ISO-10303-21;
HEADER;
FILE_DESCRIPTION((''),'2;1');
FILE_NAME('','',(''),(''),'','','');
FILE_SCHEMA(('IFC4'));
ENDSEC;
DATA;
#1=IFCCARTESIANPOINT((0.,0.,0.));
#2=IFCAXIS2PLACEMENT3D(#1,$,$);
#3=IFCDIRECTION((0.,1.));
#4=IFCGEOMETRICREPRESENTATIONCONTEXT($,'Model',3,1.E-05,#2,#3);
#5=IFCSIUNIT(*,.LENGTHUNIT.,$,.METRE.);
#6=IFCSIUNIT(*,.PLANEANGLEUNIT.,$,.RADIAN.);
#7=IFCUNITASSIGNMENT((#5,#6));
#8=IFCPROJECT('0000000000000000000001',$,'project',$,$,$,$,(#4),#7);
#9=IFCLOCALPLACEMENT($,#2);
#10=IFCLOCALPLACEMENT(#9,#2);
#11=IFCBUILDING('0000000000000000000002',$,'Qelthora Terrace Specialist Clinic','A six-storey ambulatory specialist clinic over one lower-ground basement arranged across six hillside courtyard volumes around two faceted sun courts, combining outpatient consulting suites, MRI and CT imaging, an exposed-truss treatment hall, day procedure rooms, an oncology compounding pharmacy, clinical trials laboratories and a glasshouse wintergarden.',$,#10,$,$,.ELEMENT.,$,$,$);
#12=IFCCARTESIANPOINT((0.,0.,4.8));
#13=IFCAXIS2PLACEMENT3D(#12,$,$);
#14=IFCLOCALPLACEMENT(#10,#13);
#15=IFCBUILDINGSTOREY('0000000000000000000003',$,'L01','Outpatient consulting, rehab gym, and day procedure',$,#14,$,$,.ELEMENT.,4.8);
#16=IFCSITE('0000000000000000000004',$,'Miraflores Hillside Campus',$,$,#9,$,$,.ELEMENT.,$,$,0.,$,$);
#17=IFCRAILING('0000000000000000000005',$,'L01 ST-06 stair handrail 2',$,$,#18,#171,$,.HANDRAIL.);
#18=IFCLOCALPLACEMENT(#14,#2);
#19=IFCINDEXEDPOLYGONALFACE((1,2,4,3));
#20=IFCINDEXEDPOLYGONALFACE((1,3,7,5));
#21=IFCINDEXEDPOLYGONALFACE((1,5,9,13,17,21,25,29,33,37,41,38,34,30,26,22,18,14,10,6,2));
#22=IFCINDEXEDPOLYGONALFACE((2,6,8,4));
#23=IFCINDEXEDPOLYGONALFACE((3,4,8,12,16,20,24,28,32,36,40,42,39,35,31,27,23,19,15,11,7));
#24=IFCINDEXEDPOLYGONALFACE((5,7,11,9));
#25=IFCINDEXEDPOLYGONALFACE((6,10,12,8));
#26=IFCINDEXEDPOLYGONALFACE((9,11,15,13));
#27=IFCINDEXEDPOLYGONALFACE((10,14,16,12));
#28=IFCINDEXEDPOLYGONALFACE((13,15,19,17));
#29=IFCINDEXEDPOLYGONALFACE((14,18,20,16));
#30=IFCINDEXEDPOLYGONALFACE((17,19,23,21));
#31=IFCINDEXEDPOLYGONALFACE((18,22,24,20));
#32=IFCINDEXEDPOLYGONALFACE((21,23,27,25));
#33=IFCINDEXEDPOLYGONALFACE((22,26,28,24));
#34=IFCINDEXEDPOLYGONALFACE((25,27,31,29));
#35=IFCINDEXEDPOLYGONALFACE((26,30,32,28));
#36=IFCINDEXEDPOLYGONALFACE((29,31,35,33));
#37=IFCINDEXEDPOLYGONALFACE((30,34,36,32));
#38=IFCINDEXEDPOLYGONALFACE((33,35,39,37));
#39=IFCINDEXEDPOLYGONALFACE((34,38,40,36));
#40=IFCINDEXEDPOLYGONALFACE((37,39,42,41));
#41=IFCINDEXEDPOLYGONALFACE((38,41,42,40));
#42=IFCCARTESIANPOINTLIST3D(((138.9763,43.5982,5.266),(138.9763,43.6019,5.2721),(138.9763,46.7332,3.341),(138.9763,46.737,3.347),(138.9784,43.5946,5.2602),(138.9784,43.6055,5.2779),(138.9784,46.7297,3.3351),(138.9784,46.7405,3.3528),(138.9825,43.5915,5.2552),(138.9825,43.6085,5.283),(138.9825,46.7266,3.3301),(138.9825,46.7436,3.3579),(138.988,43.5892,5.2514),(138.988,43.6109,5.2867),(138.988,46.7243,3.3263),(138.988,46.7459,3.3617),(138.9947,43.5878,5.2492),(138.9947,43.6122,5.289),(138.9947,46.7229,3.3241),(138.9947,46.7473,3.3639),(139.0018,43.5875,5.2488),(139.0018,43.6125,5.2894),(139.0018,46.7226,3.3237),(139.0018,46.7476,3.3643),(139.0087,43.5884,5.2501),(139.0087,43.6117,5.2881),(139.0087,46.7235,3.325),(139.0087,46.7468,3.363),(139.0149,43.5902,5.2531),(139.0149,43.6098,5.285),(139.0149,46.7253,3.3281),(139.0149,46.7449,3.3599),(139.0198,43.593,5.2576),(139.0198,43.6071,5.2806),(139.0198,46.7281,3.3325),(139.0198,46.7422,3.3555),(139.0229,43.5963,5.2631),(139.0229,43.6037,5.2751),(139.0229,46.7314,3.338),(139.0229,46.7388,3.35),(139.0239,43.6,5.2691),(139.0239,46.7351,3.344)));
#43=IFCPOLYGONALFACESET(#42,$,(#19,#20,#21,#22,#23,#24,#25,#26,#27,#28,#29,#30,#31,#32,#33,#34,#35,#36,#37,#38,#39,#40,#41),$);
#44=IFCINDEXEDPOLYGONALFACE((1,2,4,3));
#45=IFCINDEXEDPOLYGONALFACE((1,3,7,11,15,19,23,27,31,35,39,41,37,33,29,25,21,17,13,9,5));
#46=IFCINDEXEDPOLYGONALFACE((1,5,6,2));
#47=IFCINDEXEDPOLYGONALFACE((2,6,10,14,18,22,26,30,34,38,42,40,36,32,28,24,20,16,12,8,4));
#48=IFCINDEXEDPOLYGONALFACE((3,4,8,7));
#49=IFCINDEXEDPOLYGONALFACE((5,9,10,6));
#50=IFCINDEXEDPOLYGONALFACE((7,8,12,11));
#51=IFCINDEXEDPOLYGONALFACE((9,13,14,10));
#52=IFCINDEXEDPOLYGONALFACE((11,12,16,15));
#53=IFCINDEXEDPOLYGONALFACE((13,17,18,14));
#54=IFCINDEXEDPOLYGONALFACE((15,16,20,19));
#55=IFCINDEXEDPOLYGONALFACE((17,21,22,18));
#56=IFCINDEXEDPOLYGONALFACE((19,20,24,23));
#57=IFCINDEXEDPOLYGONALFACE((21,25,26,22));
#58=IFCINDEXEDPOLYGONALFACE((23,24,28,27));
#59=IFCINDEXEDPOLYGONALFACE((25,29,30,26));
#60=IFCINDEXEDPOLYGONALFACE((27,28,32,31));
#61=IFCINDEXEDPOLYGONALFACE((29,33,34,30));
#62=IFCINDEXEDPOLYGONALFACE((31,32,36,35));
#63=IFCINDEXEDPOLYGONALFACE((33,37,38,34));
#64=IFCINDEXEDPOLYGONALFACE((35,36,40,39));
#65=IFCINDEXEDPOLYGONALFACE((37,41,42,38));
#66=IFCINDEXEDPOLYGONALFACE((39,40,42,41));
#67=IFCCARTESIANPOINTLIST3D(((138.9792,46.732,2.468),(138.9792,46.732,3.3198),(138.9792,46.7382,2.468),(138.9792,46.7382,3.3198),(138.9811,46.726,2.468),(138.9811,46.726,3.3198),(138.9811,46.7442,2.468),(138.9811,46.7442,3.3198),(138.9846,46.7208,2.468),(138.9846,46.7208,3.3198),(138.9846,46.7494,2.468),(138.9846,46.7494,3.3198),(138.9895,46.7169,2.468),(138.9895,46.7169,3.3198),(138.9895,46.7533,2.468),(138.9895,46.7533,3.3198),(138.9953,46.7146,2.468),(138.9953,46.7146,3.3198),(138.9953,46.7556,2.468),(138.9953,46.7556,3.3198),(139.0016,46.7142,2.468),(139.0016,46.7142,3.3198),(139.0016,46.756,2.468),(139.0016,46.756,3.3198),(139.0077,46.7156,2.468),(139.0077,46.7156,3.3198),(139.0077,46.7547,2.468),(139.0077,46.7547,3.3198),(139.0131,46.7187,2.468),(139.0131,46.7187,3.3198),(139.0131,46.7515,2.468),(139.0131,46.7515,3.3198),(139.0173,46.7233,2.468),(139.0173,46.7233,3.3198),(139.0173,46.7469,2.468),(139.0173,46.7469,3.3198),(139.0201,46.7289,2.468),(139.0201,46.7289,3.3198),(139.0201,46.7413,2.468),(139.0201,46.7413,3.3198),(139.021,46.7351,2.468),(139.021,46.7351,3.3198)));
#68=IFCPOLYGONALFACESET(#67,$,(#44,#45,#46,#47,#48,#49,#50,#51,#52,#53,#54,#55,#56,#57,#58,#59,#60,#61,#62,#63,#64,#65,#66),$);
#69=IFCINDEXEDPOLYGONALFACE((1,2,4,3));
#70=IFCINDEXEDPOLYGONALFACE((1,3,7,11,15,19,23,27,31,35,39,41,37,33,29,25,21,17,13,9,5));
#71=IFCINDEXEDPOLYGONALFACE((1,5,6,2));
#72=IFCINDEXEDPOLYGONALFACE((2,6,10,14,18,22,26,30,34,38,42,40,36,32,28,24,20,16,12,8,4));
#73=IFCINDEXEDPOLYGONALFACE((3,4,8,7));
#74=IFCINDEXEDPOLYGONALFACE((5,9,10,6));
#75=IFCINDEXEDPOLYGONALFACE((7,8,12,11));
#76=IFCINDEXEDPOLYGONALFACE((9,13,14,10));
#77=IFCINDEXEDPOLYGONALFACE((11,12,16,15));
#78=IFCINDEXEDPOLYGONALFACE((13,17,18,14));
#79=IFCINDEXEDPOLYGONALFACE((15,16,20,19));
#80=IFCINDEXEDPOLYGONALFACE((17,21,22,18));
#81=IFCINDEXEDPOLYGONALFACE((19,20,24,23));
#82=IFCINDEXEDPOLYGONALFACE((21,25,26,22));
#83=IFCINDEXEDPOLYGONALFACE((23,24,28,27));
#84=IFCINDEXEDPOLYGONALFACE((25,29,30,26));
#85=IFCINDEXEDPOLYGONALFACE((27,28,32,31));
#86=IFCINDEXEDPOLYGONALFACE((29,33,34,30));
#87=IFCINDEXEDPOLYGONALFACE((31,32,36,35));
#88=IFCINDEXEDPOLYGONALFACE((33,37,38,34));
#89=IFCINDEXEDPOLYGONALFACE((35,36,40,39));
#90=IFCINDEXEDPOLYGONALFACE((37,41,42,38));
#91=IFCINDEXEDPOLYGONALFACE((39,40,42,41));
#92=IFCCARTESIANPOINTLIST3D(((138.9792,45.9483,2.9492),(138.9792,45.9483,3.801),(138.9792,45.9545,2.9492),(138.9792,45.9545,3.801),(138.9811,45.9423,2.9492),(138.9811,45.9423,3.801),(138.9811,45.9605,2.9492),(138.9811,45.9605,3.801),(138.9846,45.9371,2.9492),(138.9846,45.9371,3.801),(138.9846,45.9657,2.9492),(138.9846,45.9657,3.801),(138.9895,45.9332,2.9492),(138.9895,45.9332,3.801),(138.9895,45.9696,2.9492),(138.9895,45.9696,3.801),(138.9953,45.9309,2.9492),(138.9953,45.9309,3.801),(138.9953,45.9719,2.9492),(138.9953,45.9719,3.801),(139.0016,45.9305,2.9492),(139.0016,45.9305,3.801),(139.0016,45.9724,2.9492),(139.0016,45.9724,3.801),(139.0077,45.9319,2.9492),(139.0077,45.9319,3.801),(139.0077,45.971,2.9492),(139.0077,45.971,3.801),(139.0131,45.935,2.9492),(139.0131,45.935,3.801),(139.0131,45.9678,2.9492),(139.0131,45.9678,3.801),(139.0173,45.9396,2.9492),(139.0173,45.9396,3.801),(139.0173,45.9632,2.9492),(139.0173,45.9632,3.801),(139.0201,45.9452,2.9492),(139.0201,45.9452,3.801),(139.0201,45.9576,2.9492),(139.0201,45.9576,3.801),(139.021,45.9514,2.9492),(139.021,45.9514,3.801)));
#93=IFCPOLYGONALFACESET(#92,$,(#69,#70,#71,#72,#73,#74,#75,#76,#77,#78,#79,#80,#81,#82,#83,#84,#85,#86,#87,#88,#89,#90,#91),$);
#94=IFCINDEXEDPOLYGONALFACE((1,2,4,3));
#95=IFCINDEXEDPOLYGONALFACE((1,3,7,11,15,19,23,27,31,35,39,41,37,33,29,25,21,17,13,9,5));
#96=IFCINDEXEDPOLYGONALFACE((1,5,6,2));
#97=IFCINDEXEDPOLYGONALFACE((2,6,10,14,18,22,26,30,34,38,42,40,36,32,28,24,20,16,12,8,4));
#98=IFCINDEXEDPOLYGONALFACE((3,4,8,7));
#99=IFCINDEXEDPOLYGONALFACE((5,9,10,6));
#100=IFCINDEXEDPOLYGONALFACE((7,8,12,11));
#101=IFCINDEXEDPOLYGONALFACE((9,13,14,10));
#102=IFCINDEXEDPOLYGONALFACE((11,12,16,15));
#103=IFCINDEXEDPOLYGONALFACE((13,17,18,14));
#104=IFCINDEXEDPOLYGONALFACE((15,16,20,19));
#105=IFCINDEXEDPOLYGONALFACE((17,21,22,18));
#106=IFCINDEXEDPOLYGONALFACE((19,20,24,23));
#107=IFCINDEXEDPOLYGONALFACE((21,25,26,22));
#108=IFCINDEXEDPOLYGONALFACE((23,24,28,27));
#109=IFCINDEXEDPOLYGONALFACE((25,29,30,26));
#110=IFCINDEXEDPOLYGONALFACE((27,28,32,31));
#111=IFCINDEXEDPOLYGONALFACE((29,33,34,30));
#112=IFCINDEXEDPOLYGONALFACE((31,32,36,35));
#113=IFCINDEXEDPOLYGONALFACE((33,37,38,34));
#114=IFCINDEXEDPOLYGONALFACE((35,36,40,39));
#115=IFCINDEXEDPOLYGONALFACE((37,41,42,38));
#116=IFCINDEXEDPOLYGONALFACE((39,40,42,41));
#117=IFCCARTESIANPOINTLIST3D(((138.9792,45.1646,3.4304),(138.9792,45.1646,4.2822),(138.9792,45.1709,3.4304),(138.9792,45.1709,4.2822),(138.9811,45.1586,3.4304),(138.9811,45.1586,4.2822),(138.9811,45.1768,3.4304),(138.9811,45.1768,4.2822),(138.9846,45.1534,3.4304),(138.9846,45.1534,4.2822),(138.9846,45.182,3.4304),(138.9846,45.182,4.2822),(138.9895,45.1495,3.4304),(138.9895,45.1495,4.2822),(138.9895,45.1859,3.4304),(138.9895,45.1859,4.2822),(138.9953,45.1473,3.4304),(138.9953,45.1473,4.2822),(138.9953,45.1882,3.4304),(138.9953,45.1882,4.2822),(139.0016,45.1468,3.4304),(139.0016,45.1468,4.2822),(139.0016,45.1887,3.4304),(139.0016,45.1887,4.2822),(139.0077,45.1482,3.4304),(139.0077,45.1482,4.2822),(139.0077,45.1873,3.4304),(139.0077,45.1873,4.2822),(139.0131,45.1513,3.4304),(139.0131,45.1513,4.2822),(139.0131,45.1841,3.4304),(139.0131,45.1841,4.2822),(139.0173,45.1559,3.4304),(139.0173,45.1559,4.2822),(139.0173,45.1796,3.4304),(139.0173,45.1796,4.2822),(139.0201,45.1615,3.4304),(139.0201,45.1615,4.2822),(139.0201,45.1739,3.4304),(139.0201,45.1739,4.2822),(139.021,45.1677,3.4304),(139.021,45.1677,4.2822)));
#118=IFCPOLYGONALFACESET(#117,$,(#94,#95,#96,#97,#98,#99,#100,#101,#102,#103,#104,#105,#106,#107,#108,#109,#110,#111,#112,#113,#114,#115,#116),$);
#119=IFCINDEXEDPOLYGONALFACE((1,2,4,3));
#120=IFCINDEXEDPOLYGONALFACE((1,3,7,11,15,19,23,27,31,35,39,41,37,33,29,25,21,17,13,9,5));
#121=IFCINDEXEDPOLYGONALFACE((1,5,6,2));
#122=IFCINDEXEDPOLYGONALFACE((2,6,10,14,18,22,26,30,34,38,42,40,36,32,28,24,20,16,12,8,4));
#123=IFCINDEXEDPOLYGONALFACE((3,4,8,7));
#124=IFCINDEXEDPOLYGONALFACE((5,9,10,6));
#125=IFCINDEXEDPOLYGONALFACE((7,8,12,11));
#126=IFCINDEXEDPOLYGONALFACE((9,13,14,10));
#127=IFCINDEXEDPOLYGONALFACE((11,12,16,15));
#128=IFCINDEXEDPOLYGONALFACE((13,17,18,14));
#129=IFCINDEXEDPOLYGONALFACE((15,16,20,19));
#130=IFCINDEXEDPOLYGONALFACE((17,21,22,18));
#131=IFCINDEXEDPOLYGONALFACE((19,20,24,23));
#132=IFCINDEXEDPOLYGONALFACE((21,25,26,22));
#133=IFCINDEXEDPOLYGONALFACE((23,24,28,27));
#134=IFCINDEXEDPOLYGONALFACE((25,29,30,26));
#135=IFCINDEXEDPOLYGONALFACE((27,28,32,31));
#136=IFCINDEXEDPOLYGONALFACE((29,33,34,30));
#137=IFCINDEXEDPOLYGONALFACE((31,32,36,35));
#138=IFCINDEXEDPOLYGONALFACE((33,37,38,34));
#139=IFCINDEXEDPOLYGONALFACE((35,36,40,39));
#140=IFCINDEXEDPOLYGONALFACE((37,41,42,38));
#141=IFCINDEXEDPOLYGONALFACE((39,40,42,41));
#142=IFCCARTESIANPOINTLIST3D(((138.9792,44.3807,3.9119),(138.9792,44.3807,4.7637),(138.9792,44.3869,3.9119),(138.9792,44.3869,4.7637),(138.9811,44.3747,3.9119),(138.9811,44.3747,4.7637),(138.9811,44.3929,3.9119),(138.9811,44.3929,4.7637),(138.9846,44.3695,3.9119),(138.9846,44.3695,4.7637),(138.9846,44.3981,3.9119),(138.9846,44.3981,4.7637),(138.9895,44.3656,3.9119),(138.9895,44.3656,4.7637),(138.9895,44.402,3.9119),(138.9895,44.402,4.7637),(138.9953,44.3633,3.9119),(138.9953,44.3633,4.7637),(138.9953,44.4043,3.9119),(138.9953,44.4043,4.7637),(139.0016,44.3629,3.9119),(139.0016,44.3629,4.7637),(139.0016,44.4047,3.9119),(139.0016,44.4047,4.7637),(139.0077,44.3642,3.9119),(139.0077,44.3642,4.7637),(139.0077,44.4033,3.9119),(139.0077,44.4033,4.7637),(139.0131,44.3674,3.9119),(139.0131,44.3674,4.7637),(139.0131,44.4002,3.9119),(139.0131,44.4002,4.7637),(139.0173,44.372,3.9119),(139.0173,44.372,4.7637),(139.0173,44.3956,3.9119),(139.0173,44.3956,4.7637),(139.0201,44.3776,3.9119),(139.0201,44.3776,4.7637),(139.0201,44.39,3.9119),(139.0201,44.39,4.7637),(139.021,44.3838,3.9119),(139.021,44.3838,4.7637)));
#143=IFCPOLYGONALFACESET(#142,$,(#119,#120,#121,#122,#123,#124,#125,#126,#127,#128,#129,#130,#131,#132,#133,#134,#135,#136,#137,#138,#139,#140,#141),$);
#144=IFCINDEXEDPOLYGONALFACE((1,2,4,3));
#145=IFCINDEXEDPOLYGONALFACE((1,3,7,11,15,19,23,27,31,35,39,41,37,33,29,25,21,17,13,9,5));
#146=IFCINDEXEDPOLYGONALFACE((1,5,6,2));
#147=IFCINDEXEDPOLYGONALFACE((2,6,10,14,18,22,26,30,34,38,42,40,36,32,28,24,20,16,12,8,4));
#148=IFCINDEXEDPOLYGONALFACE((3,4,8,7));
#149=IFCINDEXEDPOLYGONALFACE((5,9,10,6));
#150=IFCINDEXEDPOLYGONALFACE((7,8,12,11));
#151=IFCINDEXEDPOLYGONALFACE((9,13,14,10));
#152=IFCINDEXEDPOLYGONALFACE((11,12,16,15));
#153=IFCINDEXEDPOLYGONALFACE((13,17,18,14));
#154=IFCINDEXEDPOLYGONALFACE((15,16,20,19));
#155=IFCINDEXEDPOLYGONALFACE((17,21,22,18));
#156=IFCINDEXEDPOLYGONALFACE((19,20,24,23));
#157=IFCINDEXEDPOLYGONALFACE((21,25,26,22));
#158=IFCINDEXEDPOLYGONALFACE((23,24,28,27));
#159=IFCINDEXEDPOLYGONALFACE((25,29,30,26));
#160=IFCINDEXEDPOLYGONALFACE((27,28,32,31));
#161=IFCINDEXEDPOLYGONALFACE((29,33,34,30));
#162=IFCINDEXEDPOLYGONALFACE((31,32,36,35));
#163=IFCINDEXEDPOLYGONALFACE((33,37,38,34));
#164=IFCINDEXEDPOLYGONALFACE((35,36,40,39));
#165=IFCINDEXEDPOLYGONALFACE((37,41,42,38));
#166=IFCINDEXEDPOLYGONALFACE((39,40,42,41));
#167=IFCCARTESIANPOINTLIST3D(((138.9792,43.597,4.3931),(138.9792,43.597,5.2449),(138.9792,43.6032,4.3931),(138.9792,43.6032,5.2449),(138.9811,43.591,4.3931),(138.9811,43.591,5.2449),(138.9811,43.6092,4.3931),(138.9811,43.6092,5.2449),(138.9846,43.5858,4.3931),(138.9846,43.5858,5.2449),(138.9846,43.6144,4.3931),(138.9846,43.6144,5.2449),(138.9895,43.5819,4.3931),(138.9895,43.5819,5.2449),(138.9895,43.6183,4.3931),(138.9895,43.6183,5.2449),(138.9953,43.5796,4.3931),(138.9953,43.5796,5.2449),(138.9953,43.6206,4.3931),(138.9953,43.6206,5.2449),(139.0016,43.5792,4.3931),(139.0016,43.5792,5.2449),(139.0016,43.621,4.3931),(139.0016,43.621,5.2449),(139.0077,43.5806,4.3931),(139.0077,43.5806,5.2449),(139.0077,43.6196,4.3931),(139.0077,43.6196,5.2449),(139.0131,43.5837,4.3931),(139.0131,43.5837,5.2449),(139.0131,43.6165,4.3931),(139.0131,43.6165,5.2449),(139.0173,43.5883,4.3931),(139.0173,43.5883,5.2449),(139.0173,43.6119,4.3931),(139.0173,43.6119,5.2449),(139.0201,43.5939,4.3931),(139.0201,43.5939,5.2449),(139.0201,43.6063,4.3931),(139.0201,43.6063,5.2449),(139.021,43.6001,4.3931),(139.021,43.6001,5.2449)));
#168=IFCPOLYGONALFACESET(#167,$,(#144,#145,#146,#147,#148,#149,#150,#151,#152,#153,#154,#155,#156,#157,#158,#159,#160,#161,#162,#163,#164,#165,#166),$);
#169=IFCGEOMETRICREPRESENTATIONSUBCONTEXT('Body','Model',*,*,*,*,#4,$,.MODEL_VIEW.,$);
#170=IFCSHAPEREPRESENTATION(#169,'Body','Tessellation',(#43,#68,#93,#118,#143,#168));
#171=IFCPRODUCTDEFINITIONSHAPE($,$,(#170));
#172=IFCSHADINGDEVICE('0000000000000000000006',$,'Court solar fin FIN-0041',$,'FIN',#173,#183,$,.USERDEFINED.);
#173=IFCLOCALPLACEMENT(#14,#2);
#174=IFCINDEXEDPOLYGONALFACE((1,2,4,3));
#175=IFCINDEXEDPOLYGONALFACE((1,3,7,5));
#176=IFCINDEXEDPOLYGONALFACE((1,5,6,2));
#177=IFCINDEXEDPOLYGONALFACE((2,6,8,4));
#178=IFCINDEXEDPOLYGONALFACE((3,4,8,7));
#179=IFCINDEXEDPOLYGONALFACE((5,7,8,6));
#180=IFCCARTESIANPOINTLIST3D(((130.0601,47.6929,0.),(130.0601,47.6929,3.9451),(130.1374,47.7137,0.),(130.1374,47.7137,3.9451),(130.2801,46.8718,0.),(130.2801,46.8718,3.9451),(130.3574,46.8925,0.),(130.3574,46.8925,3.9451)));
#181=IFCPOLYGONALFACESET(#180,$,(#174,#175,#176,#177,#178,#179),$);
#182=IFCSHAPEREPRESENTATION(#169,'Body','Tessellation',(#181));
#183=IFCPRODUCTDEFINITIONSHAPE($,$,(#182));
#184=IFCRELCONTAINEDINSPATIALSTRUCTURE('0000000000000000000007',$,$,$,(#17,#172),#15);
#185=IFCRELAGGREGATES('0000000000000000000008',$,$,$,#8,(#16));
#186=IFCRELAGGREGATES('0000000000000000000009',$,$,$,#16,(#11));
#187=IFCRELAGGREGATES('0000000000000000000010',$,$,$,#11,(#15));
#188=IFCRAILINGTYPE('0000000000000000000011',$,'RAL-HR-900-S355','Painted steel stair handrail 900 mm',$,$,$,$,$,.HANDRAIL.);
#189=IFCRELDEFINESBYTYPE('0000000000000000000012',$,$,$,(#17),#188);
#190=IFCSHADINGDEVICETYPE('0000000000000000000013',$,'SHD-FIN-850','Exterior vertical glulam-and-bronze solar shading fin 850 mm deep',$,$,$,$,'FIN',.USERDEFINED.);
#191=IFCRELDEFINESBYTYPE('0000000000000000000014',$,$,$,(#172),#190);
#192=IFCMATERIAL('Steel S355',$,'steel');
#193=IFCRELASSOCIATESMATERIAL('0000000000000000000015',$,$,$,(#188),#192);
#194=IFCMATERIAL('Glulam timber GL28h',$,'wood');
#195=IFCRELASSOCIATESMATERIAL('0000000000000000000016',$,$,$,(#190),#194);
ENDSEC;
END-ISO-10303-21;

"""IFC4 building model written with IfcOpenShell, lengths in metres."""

from ifc_helpers import new_model, si_unit, direction, frame, origin, origin_2d, place, context, subcontext, project, spatial, rectangle, circle, extrude, material, type_object, element, save


model = new_model("IFC4")

# Units and contexts
model_context = context("Model", 3, precision=1e-05, world=origin(), true_north=direction((0.0, 1.0)))
body_context = subcontext(model_context, "Body", "Model", "MODEL_VIEW")
ifc_project = project(units=[si_unit("LENGTHUNIT", "METRE"), si_unit("PLANEANGLEUNIT", "RADIAN")], contexts=[model_context])

# Site, building, storey
site_placement = place(None, origin())
site = spatial("IfcSite", under=ifc_project, at=site_placement, Name="Miraflores Hillside Campus", CompositionType="ELEMENT", RefElevation=0.0)
building_placement = place(site_placement, origin())
building = spatial("IfcBuilding", under=site, at=building_placement, Name="Qelthora Terrace Specialist Clinic", Description="A six-storey ambulatory specialist clinic over one lower-ground basement arranged across six hillside courtyard volumes around two faceted sun courts, combining outpatient consulting suites, MRI and CT imaging, an exposed-truss treatment hall, day procedure rooms, an oncology compounding pharmacy, clinical trials laboratories and a glasshouse wintergarden.", CompositionType="ELEMENT")
storey_placement = place(building_placement, frame((0.0, 0.0, 4.8)))
storey = spatial("IfcBuildingStorey", under=building, at=storey_placement, Name="L01", Description="Outpatient consulting, rehab gym, and day procedure", CompositionType="ELEMENT", Elevation=4.8)

# Railing
ifc_material_1 = material(Name="Steel S355", Category="steel")
railing_type_1 = type_object("IfcRailingType", Name="RAL-HR-900-S355", Description="Painted steel stair handrail 900 mm", PredefinedType="HANDRAIL", material=ifc_material_1)
railing_1_placement = place(storey_placement, frame((139.0, 46.7351, 2.468)))
element("IfcRailing", 1, at=railing_1_placement, inside=storey, type_object=railing_type_1, Name="L01 ST-06 stair handrail 2", PredefinedType="HANDRAIL", context=body_context, shape_type="SweptSolid", body=[
    extrude(circle(Radius=0.0239, at=origin_2d()), frame((0.0, 0.0, 0.876), z_axis=(0.0, -0.852166, 0.523271), x_axis=(1.0, 0.0, 0.0)), (0.0, 0.0, 1.0), 3.679),
    extrude(circle(Radius=0.021, at=origin_2d()), origin(), (0.0, 0.0, 1.0), 0.8518),
    extrude(circle(Radius=0.021, at=origin_2d()), frame((0.0, -0.7837, 0.4812)), (0.0, 0.0, 1.0), 0.8518),
    extrude(circle(Radius=0.021, at=origin_2d()), frame((0.0, -1.5674, 0.9624)), (0.0, 0.0, 1.0), 0.8518),
    extrude(circle(Radius=0.021, at=origin_2d()), frame((0.0, -2.3513, 1.4438)), (0.0, 0.0, 1.0), 0.8518),
    extrude(circle(Radius=0.021, at=origin_2d()), frame((0.0, -3.135, 1.925)), (0.0, 0.0, 1.0), 0.8518),
])

# Shading device
ifc_material_2 = material(Name="Glulam timber GL28h", Category="wood")
shading_device_type = type_object("IfcShadingDeviceType", Name="SHD-FIN-850", Description="Exterior vertical glulam-and-bronze solar shading fin 850 mm deep", ElementType="FIN", PredefinedType="USERDEFINED", material=ifc_material_2)
shading_device_placement = place(storey_placement, frame((130.2087, 47.2927, 0.0), z_axis=(0.0, 0.0, 1.0), x_axis=(-0.258819, 0.965926, 0.0)))
element("IfcShadingDevice", 2, at=shading_device_placement, inside=storey, type_object=shading_device_type, Name="Court solar fin FIN-0041", ObjectType="FIN", PredefinedType="USERDEFINED", context=body_context, shape_type="SweptSolid", body=[
    extrude(rectangle(XDim=0.8501, YDim=0.0801, at=origin_2d()), origin(), (0.0, 0.0, 1.0), 3.9451),
])

save(model, "model.ifc")
